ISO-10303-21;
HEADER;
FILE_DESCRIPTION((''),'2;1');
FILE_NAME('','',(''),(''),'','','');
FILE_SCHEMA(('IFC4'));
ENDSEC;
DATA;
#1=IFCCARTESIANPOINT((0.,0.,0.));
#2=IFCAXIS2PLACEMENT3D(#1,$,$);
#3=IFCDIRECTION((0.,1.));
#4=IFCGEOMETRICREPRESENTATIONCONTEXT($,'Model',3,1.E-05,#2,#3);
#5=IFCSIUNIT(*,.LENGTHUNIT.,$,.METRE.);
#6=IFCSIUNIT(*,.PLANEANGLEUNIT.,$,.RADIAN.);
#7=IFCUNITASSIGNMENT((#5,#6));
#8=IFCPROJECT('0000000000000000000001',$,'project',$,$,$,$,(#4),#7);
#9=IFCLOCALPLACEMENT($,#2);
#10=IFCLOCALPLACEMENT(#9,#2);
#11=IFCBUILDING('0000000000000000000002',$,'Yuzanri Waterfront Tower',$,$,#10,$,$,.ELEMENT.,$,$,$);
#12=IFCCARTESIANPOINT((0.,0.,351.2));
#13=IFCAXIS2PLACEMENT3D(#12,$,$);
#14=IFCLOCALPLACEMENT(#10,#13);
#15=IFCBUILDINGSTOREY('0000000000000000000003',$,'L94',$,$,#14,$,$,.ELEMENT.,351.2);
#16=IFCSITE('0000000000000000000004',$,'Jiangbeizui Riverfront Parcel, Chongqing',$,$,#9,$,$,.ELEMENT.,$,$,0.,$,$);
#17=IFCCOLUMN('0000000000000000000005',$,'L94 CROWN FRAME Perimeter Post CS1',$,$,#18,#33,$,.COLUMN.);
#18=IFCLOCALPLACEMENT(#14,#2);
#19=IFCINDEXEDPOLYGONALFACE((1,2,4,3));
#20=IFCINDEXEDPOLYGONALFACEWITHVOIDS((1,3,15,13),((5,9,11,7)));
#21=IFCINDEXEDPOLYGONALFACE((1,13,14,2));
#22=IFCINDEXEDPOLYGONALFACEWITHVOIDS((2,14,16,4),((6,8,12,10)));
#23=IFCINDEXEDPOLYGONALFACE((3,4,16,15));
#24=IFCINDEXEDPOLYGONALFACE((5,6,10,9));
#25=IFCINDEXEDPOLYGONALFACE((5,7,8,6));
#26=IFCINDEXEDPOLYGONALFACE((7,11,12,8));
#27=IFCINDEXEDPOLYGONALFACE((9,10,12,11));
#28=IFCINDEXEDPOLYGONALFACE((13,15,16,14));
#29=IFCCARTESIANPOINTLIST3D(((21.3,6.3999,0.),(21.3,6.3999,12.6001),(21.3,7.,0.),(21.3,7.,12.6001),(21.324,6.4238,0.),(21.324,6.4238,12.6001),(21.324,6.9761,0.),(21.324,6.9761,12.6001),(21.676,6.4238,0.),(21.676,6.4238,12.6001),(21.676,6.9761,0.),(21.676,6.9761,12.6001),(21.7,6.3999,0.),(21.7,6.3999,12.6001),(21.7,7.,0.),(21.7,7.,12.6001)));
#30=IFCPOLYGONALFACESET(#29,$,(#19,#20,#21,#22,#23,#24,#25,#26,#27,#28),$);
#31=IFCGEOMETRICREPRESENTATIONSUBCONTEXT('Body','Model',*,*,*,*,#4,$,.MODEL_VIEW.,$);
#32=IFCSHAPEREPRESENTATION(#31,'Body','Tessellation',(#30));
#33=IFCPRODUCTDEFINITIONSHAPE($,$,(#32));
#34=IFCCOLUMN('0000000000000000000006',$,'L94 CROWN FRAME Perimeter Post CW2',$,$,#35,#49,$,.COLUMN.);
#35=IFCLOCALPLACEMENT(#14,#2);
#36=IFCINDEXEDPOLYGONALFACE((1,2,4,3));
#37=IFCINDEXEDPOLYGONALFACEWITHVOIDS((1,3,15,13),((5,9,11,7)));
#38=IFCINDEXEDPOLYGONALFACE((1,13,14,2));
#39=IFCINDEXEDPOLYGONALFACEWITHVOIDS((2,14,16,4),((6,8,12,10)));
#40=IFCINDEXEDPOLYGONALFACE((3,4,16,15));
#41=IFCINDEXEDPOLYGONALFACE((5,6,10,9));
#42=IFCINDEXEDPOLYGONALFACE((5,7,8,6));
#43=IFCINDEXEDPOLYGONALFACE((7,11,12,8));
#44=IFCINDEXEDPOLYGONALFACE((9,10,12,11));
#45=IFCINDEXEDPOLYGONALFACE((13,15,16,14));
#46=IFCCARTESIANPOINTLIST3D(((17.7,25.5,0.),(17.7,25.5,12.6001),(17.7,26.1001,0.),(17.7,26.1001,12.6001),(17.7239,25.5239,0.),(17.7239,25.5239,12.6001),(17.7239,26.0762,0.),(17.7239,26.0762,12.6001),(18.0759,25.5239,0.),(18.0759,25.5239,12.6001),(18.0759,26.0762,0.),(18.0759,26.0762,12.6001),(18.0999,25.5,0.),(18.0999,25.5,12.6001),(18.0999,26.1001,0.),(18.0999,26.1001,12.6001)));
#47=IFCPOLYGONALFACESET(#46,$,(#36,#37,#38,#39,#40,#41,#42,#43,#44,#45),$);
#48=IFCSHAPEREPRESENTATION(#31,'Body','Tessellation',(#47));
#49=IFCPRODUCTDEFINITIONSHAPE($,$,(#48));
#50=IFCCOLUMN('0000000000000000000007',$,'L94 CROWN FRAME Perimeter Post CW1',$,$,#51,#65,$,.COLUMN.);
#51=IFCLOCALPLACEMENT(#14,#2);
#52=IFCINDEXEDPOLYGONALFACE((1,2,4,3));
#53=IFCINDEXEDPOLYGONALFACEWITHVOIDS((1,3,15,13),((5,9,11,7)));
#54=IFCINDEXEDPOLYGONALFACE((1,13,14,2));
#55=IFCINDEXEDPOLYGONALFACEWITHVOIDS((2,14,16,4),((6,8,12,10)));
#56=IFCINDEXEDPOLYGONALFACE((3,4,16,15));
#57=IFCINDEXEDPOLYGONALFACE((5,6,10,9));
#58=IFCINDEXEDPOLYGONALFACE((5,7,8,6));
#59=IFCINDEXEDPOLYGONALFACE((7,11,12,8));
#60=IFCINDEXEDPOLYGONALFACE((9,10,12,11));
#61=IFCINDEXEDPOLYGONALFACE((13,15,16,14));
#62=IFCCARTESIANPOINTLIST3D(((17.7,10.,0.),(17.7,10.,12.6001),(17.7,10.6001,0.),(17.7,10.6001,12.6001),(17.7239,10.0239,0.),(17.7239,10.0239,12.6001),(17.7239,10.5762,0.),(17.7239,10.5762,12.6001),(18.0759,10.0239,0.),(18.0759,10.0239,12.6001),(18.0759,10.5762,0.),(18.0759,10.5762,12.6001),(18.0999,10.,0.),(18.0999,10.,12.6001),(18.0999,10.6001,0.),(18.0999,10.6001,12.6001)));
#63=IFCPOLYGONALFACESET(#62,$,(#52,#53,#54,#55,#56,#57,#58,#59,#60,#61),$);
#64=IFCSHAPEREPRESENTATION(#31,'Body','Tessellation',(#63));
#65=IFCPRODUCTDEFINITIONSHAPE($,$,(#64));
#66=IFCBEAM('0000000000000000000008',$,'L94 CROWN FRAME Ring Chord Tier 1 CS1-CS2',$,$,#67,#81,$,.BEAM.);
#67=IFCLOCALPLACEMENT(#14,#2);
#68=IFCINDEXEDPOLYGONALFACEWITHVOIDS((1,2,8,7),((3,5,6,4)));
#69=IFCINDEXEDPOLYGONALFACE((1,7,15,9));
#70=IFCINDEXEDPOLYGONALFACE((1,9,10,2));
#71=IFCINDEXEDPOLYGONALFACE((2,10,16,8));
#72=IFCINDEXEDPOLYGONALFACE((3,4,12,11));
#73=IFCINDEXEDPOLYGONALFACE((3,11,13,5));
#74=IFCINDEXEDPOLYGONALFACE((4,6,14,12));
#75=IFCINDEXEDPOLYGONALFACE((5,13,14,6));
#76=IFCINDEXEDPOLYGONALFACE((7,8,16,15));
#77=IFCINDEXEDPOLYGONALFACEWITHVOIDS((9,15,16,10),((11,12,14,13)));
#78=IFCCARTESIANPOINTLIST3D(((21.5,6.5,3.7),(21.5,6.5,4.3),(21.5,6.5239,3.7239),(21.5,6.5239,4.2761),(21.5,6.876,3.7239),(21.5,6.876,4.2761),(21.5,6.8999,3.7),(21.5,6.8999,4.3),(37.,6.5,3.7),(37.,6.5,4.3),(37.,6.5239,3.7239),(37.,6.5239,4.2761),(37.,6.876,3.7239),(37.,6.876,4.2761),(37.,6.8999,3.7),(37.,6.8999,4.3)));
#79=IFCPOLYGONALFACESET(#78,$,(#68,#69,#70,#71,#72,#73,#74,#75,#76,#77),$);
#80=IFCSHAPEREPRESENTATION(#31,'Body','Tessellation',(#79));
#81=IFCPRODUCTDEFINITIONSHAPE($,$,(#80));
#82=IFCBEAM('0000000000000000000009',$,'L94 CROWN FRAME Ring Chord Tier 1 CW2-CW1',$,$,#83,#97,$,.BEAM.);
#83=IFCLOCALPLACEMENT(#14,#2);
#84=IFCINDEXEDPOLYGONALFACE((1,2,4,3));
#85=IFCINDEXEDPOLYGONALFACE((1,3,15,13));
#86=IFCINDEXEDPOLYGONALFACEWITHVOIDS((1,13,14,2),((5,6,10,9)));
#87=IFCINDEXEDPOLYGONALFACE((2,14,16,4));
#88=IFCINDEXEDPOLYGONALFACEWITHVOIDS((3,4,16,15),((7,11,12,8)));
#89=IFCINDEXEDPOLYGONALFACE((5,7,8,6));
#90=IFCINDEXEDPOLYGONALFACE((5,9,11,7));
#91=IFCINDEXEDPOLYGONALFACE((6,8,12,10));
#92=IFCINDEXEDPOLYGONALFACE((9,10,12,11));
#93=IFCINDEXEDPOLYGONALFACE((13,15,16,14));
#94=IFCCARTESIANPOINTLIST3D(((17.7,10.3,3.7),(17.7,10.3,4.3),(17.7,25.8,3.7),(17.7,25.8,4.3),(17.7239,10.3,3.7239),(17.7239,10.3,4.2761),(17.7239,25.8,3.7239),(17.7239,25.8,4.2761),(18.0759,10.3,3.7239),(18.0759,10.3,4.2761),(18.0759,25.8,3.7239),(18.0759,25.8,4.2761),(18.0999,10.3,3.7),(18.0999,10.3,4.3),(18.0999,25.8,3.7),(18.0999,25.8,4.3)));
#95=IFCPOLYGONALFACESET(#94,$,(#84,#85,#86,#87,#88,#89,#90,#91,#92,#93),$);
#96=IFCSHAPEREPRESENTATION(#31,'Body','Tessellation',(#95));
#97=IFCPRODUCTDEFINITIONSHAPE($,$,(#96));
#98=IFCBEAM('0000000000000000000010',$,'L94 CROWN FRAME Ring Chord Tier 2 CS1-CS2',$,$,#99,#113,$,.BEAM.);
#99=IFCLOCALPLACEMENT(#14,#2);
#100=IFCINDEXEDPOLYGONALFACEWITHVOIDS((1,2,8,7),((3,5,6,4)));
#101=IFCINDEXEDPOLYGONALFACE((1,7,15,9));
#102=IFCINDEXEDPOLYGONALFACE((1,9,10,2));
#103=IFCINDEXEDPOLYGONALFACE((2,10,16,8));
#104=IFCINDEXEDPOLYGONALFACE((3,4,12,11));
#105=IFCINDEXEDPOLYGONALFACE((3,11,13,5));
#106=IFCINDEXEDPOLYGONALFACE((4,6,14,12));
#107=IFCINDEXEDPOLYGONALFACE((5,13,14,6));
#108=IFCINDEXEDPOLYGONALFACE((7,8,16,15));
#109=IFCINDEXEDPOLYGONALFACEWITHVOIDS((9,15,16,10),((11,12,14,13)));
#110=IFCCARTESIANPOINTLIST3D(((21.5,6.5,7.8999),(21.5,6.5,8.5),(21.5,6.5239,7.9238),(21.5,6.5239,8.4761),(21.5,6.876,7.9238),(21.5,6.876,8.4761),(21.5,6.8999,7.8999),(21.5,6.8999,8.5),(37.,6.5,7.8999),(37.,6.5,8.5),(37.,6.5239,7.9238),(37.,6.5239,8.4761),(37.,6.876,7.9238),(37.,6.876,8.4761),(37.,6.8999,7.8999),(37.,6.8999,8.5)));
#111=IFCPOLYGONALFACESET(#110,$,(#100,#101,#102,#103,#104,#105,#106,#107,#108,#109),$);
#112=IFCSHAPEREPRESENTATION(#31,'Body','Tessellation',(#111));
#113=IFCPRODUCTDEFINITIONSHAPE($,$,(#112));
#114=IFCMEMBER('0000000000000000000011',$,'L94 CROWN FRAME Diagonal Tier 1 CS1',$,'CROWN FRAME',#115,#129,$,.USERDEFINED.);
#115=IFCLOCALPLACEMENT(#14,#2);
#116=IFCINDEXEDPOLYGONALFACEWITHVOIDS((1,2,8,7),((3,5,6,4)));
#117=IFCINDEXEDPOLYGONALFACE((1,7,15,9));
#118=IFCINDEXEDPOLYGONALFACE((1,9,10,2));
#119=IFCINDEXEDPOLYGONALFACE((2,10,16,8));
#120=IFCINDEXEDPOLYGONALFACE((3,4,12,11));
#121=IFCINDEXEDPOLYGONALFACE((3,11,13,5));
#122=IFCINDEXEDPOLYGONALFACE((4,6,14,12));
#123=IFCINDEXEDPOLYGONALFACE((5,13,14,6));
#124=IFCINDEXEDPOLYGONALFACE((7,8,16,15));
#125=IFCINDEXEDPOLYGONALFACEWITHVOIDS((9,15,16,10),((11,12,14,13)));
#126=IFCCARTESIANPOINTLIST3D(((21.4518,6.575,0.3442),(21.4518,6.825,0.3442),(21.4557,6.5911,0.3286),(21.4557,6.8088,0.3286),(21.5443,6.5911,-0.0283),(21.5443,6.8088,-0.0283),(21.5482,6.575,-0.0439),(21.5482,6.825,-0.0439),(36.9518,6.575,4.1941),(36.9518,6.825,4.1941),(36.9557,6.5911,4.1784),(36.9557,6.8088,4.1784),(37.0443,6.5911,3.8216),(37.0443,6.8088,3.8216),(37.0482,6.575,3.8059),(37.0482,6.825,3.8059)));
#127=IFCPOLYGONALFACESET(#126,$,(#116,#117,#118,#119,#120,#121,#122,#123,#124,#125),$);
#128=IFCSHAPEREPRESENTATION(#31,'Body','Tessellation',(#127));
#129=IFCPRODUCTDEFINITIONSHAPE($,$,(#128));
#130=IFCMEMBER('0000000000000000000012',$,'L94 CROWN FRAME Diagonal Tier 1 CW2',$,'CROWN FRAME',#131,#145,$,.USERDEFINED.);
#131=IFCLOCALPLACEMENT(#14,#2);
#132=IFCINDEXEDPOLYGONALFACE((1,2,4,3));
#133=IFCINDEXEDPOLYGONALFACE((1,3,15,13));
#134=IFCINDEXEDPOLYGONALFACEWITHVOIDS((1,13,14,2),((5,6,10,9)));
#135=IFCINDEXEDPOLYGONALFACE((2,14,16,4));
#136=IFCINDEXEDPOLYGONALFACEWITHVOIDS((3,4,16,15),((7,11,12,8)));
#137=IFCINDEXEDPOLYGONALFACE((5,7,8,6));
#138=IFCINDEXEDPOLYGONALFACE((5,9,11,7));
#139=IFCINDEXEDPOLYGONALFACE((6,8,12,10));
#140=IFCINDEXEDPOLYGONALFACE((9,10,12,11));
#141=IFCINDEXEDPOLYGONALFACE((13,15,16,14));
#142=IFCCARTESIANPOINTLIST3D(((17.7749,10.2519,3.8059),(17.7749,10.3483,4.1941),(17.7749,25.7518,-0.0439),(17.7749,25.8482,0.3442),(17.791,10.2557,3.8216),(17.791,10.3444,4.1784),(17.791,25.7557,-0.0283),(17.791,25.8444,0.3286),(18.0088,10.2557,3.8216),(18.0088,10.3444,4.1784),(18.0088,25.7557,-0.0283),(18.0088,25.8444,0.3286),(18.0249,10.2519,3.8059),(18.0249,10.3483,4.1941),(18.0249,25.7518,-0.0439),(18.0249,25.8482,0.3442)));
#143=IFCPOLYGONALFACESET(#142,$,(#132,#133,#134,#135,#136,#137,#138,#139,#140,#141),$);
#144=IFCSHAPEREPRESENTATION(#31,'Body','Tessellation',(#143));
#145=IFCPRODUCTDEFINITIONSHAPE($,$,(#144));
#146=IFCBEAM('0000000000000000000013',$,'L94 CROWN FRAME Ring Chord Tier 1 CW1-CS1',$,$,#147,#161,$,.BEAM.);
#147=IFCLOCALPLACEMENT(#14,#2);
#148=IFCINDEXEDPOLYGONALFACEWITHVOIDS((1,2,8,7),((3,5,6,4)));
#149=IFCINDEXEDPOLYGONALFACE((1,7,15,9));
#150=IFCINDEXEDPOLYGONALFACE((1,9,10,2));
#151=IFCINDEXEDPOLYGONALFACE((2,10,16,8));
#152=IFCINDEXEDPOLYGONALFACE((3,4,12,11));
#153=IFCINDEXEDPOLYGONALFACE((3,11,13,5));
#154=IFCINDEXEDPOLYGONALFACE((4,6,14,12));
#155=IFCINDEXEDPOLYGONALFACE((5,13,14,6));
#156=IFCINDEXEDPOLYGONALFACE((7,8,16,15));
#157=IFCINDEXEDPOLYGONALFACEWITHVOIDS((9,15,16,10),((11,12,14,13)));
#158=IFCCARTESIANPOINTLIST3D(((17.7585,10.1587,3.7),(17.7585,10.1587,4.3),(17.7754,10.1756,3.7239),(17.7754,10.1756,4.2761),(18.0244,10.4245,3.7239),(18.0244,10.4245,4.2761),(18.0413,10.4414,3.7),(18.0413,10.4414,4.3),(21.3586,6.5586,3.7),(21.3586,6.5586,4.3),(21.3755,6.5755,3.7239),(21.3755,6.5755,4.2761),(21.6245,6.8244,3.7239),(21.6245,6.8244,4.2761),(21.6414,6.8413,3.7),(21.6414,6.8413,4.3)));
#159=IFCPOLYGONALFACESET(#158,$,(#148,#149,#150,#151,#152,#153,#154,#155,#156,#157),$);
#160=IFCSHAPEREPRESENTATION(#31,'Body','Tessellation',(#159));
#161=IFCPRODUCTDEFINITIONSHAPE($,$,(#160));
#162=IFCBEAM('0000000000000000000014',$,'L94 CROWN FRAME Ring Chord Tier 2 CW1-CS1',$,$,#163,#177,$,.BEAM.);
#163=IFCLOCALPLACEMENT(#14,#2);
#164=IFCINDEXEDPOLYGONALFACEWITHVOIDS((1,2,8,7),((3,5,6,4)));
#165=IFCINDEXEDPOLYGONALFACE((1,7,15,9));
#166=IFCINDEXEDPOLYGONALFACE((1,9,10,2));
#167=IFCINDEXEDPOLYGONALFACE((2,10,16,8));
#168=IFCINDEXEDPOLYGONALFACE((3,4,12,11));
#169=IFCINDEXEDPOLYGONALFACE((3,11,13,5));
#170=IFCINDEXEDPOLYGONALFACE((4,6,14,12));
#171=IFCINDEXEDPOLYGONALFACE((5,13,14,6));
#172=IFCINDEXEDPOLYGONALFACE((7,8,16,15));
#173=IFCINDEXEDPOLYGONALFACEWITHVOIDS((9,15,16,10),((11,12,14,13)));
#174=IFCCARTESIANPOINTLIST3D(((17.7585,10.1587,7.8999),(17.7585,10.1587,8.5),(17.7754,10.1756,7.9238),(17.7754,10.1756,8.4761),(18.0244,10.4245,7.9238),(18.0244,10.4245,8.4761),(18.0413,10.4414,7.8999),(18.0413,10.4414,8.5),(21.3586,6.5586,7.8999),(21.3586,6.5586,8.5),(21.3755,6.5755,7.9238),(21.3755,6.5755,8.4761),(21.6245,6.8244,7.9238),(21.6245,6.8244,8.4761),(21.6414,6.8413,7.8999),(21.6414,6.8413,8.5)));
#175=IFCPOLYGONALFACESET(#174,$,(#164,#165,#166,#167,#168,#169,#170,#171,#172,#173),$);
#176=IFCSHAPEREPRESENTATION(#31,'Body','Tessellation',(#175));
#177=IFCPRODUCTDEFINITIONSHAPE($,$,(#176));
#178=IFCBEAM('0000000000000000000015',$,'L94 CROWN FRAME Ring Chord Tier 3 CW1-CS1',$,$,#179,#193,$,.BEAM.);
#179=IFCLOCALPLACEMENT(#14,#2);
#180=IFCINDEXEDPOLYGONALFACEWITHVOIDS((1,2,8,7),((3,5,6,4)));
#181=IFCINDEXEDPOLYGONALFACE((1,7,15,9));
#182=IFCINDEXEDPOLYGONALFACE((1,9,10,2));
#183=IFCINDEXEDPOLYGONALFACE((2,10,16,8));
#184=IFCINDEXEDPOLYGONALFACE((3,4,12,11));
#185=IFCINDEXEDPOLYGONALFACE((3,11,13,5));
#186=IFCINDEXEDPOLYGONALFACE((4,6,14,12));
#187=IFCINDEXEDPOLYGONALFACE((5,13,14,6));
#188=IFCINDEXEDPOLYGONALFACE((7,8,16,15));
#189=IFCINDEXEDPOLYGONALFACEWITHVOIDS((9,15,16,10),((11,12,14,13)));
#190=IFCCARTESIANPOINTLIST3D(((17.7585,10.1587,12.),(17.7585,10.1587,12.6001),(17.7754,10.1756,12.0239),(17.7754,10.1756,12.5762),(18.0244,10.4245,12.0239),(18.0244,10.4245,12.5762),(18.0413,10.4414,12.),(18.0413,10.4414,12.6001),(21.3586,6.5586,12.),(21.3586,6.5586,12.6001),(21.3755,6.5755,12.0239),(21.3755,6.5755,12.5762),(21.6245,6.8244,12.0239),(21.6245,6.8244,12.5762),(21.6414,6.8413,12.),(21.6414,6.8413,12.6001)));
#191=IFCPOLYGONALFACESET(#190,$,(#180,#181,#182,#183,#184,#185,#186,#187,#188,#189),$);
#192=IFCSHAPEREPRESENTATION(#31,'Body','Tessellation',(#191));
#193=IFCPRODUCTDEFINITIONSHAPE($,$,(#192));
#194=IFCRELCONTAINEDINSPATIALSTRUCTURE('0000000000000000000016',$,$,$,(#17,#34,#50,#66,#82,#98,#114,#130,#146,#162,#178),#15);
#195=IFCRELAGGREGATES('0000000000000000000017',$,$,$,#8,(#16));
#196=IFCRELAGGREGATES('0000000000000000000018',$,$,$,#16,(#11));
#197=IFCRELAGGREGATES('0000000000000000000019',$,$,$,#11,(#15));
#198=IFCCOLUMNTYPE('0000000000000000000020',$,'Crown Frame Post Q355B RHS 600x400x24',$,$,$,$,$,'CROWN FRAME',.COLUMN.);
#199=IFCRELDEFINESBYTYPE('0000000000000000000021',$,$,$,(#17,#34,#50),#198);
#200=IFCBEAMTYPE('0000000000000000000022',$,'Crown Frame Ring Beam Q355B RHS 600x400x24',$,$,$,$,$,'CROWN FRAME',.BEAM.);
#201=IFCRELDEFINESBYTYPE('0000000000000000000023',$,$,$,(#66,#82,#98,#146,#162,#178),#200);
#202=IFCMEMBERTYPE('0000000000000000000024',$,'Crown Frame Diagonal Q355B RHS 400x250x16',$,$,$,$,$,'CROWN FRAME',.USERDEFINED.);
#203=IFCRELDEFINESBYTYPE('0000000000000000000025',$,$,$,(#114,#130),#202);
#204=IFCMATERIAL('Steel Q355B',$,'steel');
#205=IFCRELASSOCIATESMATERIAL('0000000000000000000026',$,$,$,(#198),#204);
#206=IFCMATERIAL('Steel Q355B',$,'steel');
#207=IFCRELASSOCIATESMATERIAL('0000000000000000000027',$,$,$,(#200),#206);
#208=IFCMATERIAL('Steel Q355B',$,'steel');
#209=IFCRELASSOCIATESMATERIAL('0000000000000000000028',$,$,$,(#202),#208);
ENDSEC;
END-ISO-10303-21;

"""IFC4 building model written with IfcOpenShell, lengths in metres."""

from ifc_helpers import new_model, si_unit, direction, frame, origin, origin_2d, place, context, subcontext, project, spatial, hollow_rectangle, extrude, source, transform, mapped, material, material_profile, profile_set, type_object, element, save


model = new_model("IFC4")

# Units and contexts
model_context = context("Model", 3, precision=1e-05, world=origin(), true_north=direction((0.0, 1.0)))
body_context = subcontext(model_context, "Body", "Model", "MODEL_VIEW")
ifc_project = project(units=[si_unit("LENGTHUNIT", "METRE"), si_unit("PLANEANGLEUNIT", "RADIAN")], contexts=[model_context])

# Site, building, storey
site_placement = place(None, origin())
site = spatial("IfcSite", under=ifc_project, at=site_placement, Name="Jiangbeizui Riverfront Parcel, Chongqing", CompositionType="ELEMENT", RefElevation=0.0)
building_placement = place(site_placement, origin())
building = spatial("IfcBuilding", under=site, at=building_placement, Name="Yuzanri Waterfront Tower", CompositionType="ELEMENT")
storey_placement = place(building_placement, frame((0.0, 0.0, 351.2)))
storey = spatial("IfcBuildingStorey", under=building, at=storey_placement, Name="L94", CompositionType="ELEMENT", Elevation=351.2)

# Columns
ifc_material_1 = material(Name="Steel Q355B", Category="steel")
ifc_material_profile_1 = material_profile(ifc_material_1, hollow_rectangle(XDim=0.3999, YDim=0.6001, WallThickness=0.0239, at=origin_2d()), Name="RHS 600x400x24")
ifc_profile_set_1 = profile_set([ifc_material_profile_1], Name="Steel Q355B")
column_type = type_object("IfcColumnType", Name="Crown Frame Post Q355B RHS 600x400x24", ElementType="CROWN FRAME", PredefinedType="COLUMN", material=ifc_profile_set_1)
shared_shape_1 = source(origin(), body_context, "Body", "SweptSolid", [
    extrude(hollow_rectangle(XDim=0.3999, YDim=0.6001, WallThickness=0.0239, at=origin_2d()), origin(), (0.0, 0.0, 1.0), 12.6001),
])
for number, where, z_axis, x_axis, name in (
    (1, (21.5, 6.7, 0.0), (0.0, 0.0, 1.0), (1.0, 0.0, 0.0), "L94 CROWN FRAME Perimeter Post CS1"),
    (2, (17.8999, 25.8, 0.0), (0.0, 0.0, 1.0), (1.0, 0.0, 0.0), "L94 CROWN FRAME Perimeter Post CW2"),
    (3, (17.8999, 10.3, 0.0), (0.0, 0.0, 1.0), (1.0, 0.0, 0.0), "L94 CROWN FRAME Perimeter Post CW1"),
):
    element("IfcColumn", number, at=place(storey_placement, frame(where, z_axis=z_axis, x_axis=x_axis)), inside=storey, type_object=column_type, Name=name, PredefinedType="COLUMN", context=body_context, shape_type="MappedRepresentation", body=[
        mapped(shared_shape_1, transform((0.0, 0.0, 0.0), scale=1.0)),
    ])

# Beams
ifc_material_2 = material(Name="Steel Q355B", Category="steel")
ifc_material_profile_2 = material_profile(ifc_material_2, hollow_rectangle(XDim=0.3999, YDim=0.6001, WallThickness=0.0239, at=origin_2d()), Name="RHS 600x400x24")
ifc_profile_set_2 = profile_set([ifc_material_profile_2], Name="Steel Q355B")
beam_type = type_object("IfcBeamType", Name="Crown Frame Ring Beam Q355B RHS 600x400x24", ElementType="CROWN FRAME", PredefinedType="BEAM", material=ifc_profile_set_2)
shared_shape_2 = source(origin(), body_context, "Body", "SweptSolid", [
    extrude(hollow_rectangle(XDim=0.3999, YDim=0.6001, WallThickness=0.0239, at=origin_2d()), origin(), (0.0, 0.0, 1.0), 15.5),
])
for number, where, z_axis, x_axis, name in (
    (4, (21.5, 6.7, 4.0), (1.0, 0.0, 0.0), (0.0, 1.0, 0.0), "L94 CROWN FRAME Ring Chord Tier 1 CS1-CS2"),
    (5, (17.8999, 25.8, 4.0), (0.0, -1.0, 0.0), (1.0, 0.0, 0.0), "L94 CROWN FRAME Ring Chord Tier 1 CW2-CW1"),
    (6, (21.5, 6.7, 8.2), (1.0, 0.0, 0.0), (0.0, 1.0, 0.0), "L94 CROWN FRAME Ring Chord Tier 2 CS1-CS2"),
):
    element("IfcBeam", number, at=place(storey_placement, frame(where, z_axis=z_axis, x_axis=x_axis)), inside=storey, type_object=beam_type, Name=name, PredefinedType="BEAM", context=body_context, shape_type="MappedRepresentation", body=[
        mapped(shared_shape_2, transform((0.0, 0.0, 0.0), scale=1.0)),
    ])

# Members
ifc_material_3 = material(Name="Steel Q355B", Category="steel")
ifc_material_profile_3 = material_profile(ifc_material_3, hollow_rectangle(XDim=0.25, YDim=0.3999, WallThickness=0.0161, at=origin_2d()), Name="RHS 400x250x16")
ifc_profile_set_3 = profile_set([ifc_material_profile_3], Name="Steel Q355B")
member_type = type_object("IfcMemberType", Name="Crown Frame Diagonal Q355B RHS 400x250x16", ElementType="CROWN FRAME", PredefinedType="USERDEFINED", material=ifc_profile_set_3)
shared_shape_3 = source(origin(), body_context, "Body", "SweptSolid", [
    extrude(hollow_rectangle(XDim=0.25, YDim=0.3999, WallThickness=0.0161, at=origin_2d()), origin(), (0.0, 0.0, 1.0), 15.9709),
])
for number, where, z_axis, x_axis, name in (
    (7, (21.5, 6.7, 0.1501), (0.970512, 0.0, 0.241053), (0.0, 1.0, 0.0), "L94 CROWN FRAME Diagonal Tier 1 CS1"),
    (8, (17.8999, 25.8, 0.1501), (0.0, -0.970512, 0.241053), (1.0, 0.0, 0.0), "L94 CROWN FRAME Diagonal Tier 1 CW2"),
):
    element("IfcMember", number, at=place(storey_placement, frame(where, z_axis=z_axis, x_axis=x_axis)), inside=storey, type_object=member_type, Name=name, ObjectType="CROWN FRAME", PredefinedType="USERDEFINED", context=body_context, shape_type="MappedRepresentation", body=[
        mapped(shared_shape_3, transform((0.0, 0.0, 0.0), scale=1.0)),
    ])

# Beams
shared_shape_4 = source(origin(), body_context, "Body", "SweptSolid", [
    extrude(hollow_rectangle(XDim=0.3999, YDim=0.6001, WallThickness=0.0239, at=origin_2d()), origin(), (0.0, 0.0, 1.0), 5.0913),
])
for number, where, z_axis, x_axis, name in (
    (9, (17.8999, 10.3, 4.0), (0.707107, -0.707107, 0.0), (0.707107, 0.707107, 0.0), "L94 CROWN FRAME Ring Chord Tier 1 CW1-CS1"),
    (10, (17.8999, 10.3, 8.2), (0.707107, -0.707107, 0.0), (0.707107, 0.707107, 0.0), "L94 CROWN FRAME Ring Chord Tier 2 CW1-CS1"),
    (11, (17.8999, 10.3, 12.3), (0.707107, -0.707107, 0.0), (0.707107, 0.707107, 0.0), "L94 CROWN FRAME Ring Chord Tier 3 CW1-CS1"),
):
    element("IfcBeam", number, at=place(storey_placement, frame(where, z_axis=z_axis, x_axis=x_axis)), inside=storey, type_object=beam_type, Name=name, PredefinedType="BEAM", context=body_context, shape_type="MappedRepresentation", body=[
        mapped(shared_shape_4, transform((0.0, 0.0, 0.0), scale=1.0)),
    ])

save(model, "model.ifc")
